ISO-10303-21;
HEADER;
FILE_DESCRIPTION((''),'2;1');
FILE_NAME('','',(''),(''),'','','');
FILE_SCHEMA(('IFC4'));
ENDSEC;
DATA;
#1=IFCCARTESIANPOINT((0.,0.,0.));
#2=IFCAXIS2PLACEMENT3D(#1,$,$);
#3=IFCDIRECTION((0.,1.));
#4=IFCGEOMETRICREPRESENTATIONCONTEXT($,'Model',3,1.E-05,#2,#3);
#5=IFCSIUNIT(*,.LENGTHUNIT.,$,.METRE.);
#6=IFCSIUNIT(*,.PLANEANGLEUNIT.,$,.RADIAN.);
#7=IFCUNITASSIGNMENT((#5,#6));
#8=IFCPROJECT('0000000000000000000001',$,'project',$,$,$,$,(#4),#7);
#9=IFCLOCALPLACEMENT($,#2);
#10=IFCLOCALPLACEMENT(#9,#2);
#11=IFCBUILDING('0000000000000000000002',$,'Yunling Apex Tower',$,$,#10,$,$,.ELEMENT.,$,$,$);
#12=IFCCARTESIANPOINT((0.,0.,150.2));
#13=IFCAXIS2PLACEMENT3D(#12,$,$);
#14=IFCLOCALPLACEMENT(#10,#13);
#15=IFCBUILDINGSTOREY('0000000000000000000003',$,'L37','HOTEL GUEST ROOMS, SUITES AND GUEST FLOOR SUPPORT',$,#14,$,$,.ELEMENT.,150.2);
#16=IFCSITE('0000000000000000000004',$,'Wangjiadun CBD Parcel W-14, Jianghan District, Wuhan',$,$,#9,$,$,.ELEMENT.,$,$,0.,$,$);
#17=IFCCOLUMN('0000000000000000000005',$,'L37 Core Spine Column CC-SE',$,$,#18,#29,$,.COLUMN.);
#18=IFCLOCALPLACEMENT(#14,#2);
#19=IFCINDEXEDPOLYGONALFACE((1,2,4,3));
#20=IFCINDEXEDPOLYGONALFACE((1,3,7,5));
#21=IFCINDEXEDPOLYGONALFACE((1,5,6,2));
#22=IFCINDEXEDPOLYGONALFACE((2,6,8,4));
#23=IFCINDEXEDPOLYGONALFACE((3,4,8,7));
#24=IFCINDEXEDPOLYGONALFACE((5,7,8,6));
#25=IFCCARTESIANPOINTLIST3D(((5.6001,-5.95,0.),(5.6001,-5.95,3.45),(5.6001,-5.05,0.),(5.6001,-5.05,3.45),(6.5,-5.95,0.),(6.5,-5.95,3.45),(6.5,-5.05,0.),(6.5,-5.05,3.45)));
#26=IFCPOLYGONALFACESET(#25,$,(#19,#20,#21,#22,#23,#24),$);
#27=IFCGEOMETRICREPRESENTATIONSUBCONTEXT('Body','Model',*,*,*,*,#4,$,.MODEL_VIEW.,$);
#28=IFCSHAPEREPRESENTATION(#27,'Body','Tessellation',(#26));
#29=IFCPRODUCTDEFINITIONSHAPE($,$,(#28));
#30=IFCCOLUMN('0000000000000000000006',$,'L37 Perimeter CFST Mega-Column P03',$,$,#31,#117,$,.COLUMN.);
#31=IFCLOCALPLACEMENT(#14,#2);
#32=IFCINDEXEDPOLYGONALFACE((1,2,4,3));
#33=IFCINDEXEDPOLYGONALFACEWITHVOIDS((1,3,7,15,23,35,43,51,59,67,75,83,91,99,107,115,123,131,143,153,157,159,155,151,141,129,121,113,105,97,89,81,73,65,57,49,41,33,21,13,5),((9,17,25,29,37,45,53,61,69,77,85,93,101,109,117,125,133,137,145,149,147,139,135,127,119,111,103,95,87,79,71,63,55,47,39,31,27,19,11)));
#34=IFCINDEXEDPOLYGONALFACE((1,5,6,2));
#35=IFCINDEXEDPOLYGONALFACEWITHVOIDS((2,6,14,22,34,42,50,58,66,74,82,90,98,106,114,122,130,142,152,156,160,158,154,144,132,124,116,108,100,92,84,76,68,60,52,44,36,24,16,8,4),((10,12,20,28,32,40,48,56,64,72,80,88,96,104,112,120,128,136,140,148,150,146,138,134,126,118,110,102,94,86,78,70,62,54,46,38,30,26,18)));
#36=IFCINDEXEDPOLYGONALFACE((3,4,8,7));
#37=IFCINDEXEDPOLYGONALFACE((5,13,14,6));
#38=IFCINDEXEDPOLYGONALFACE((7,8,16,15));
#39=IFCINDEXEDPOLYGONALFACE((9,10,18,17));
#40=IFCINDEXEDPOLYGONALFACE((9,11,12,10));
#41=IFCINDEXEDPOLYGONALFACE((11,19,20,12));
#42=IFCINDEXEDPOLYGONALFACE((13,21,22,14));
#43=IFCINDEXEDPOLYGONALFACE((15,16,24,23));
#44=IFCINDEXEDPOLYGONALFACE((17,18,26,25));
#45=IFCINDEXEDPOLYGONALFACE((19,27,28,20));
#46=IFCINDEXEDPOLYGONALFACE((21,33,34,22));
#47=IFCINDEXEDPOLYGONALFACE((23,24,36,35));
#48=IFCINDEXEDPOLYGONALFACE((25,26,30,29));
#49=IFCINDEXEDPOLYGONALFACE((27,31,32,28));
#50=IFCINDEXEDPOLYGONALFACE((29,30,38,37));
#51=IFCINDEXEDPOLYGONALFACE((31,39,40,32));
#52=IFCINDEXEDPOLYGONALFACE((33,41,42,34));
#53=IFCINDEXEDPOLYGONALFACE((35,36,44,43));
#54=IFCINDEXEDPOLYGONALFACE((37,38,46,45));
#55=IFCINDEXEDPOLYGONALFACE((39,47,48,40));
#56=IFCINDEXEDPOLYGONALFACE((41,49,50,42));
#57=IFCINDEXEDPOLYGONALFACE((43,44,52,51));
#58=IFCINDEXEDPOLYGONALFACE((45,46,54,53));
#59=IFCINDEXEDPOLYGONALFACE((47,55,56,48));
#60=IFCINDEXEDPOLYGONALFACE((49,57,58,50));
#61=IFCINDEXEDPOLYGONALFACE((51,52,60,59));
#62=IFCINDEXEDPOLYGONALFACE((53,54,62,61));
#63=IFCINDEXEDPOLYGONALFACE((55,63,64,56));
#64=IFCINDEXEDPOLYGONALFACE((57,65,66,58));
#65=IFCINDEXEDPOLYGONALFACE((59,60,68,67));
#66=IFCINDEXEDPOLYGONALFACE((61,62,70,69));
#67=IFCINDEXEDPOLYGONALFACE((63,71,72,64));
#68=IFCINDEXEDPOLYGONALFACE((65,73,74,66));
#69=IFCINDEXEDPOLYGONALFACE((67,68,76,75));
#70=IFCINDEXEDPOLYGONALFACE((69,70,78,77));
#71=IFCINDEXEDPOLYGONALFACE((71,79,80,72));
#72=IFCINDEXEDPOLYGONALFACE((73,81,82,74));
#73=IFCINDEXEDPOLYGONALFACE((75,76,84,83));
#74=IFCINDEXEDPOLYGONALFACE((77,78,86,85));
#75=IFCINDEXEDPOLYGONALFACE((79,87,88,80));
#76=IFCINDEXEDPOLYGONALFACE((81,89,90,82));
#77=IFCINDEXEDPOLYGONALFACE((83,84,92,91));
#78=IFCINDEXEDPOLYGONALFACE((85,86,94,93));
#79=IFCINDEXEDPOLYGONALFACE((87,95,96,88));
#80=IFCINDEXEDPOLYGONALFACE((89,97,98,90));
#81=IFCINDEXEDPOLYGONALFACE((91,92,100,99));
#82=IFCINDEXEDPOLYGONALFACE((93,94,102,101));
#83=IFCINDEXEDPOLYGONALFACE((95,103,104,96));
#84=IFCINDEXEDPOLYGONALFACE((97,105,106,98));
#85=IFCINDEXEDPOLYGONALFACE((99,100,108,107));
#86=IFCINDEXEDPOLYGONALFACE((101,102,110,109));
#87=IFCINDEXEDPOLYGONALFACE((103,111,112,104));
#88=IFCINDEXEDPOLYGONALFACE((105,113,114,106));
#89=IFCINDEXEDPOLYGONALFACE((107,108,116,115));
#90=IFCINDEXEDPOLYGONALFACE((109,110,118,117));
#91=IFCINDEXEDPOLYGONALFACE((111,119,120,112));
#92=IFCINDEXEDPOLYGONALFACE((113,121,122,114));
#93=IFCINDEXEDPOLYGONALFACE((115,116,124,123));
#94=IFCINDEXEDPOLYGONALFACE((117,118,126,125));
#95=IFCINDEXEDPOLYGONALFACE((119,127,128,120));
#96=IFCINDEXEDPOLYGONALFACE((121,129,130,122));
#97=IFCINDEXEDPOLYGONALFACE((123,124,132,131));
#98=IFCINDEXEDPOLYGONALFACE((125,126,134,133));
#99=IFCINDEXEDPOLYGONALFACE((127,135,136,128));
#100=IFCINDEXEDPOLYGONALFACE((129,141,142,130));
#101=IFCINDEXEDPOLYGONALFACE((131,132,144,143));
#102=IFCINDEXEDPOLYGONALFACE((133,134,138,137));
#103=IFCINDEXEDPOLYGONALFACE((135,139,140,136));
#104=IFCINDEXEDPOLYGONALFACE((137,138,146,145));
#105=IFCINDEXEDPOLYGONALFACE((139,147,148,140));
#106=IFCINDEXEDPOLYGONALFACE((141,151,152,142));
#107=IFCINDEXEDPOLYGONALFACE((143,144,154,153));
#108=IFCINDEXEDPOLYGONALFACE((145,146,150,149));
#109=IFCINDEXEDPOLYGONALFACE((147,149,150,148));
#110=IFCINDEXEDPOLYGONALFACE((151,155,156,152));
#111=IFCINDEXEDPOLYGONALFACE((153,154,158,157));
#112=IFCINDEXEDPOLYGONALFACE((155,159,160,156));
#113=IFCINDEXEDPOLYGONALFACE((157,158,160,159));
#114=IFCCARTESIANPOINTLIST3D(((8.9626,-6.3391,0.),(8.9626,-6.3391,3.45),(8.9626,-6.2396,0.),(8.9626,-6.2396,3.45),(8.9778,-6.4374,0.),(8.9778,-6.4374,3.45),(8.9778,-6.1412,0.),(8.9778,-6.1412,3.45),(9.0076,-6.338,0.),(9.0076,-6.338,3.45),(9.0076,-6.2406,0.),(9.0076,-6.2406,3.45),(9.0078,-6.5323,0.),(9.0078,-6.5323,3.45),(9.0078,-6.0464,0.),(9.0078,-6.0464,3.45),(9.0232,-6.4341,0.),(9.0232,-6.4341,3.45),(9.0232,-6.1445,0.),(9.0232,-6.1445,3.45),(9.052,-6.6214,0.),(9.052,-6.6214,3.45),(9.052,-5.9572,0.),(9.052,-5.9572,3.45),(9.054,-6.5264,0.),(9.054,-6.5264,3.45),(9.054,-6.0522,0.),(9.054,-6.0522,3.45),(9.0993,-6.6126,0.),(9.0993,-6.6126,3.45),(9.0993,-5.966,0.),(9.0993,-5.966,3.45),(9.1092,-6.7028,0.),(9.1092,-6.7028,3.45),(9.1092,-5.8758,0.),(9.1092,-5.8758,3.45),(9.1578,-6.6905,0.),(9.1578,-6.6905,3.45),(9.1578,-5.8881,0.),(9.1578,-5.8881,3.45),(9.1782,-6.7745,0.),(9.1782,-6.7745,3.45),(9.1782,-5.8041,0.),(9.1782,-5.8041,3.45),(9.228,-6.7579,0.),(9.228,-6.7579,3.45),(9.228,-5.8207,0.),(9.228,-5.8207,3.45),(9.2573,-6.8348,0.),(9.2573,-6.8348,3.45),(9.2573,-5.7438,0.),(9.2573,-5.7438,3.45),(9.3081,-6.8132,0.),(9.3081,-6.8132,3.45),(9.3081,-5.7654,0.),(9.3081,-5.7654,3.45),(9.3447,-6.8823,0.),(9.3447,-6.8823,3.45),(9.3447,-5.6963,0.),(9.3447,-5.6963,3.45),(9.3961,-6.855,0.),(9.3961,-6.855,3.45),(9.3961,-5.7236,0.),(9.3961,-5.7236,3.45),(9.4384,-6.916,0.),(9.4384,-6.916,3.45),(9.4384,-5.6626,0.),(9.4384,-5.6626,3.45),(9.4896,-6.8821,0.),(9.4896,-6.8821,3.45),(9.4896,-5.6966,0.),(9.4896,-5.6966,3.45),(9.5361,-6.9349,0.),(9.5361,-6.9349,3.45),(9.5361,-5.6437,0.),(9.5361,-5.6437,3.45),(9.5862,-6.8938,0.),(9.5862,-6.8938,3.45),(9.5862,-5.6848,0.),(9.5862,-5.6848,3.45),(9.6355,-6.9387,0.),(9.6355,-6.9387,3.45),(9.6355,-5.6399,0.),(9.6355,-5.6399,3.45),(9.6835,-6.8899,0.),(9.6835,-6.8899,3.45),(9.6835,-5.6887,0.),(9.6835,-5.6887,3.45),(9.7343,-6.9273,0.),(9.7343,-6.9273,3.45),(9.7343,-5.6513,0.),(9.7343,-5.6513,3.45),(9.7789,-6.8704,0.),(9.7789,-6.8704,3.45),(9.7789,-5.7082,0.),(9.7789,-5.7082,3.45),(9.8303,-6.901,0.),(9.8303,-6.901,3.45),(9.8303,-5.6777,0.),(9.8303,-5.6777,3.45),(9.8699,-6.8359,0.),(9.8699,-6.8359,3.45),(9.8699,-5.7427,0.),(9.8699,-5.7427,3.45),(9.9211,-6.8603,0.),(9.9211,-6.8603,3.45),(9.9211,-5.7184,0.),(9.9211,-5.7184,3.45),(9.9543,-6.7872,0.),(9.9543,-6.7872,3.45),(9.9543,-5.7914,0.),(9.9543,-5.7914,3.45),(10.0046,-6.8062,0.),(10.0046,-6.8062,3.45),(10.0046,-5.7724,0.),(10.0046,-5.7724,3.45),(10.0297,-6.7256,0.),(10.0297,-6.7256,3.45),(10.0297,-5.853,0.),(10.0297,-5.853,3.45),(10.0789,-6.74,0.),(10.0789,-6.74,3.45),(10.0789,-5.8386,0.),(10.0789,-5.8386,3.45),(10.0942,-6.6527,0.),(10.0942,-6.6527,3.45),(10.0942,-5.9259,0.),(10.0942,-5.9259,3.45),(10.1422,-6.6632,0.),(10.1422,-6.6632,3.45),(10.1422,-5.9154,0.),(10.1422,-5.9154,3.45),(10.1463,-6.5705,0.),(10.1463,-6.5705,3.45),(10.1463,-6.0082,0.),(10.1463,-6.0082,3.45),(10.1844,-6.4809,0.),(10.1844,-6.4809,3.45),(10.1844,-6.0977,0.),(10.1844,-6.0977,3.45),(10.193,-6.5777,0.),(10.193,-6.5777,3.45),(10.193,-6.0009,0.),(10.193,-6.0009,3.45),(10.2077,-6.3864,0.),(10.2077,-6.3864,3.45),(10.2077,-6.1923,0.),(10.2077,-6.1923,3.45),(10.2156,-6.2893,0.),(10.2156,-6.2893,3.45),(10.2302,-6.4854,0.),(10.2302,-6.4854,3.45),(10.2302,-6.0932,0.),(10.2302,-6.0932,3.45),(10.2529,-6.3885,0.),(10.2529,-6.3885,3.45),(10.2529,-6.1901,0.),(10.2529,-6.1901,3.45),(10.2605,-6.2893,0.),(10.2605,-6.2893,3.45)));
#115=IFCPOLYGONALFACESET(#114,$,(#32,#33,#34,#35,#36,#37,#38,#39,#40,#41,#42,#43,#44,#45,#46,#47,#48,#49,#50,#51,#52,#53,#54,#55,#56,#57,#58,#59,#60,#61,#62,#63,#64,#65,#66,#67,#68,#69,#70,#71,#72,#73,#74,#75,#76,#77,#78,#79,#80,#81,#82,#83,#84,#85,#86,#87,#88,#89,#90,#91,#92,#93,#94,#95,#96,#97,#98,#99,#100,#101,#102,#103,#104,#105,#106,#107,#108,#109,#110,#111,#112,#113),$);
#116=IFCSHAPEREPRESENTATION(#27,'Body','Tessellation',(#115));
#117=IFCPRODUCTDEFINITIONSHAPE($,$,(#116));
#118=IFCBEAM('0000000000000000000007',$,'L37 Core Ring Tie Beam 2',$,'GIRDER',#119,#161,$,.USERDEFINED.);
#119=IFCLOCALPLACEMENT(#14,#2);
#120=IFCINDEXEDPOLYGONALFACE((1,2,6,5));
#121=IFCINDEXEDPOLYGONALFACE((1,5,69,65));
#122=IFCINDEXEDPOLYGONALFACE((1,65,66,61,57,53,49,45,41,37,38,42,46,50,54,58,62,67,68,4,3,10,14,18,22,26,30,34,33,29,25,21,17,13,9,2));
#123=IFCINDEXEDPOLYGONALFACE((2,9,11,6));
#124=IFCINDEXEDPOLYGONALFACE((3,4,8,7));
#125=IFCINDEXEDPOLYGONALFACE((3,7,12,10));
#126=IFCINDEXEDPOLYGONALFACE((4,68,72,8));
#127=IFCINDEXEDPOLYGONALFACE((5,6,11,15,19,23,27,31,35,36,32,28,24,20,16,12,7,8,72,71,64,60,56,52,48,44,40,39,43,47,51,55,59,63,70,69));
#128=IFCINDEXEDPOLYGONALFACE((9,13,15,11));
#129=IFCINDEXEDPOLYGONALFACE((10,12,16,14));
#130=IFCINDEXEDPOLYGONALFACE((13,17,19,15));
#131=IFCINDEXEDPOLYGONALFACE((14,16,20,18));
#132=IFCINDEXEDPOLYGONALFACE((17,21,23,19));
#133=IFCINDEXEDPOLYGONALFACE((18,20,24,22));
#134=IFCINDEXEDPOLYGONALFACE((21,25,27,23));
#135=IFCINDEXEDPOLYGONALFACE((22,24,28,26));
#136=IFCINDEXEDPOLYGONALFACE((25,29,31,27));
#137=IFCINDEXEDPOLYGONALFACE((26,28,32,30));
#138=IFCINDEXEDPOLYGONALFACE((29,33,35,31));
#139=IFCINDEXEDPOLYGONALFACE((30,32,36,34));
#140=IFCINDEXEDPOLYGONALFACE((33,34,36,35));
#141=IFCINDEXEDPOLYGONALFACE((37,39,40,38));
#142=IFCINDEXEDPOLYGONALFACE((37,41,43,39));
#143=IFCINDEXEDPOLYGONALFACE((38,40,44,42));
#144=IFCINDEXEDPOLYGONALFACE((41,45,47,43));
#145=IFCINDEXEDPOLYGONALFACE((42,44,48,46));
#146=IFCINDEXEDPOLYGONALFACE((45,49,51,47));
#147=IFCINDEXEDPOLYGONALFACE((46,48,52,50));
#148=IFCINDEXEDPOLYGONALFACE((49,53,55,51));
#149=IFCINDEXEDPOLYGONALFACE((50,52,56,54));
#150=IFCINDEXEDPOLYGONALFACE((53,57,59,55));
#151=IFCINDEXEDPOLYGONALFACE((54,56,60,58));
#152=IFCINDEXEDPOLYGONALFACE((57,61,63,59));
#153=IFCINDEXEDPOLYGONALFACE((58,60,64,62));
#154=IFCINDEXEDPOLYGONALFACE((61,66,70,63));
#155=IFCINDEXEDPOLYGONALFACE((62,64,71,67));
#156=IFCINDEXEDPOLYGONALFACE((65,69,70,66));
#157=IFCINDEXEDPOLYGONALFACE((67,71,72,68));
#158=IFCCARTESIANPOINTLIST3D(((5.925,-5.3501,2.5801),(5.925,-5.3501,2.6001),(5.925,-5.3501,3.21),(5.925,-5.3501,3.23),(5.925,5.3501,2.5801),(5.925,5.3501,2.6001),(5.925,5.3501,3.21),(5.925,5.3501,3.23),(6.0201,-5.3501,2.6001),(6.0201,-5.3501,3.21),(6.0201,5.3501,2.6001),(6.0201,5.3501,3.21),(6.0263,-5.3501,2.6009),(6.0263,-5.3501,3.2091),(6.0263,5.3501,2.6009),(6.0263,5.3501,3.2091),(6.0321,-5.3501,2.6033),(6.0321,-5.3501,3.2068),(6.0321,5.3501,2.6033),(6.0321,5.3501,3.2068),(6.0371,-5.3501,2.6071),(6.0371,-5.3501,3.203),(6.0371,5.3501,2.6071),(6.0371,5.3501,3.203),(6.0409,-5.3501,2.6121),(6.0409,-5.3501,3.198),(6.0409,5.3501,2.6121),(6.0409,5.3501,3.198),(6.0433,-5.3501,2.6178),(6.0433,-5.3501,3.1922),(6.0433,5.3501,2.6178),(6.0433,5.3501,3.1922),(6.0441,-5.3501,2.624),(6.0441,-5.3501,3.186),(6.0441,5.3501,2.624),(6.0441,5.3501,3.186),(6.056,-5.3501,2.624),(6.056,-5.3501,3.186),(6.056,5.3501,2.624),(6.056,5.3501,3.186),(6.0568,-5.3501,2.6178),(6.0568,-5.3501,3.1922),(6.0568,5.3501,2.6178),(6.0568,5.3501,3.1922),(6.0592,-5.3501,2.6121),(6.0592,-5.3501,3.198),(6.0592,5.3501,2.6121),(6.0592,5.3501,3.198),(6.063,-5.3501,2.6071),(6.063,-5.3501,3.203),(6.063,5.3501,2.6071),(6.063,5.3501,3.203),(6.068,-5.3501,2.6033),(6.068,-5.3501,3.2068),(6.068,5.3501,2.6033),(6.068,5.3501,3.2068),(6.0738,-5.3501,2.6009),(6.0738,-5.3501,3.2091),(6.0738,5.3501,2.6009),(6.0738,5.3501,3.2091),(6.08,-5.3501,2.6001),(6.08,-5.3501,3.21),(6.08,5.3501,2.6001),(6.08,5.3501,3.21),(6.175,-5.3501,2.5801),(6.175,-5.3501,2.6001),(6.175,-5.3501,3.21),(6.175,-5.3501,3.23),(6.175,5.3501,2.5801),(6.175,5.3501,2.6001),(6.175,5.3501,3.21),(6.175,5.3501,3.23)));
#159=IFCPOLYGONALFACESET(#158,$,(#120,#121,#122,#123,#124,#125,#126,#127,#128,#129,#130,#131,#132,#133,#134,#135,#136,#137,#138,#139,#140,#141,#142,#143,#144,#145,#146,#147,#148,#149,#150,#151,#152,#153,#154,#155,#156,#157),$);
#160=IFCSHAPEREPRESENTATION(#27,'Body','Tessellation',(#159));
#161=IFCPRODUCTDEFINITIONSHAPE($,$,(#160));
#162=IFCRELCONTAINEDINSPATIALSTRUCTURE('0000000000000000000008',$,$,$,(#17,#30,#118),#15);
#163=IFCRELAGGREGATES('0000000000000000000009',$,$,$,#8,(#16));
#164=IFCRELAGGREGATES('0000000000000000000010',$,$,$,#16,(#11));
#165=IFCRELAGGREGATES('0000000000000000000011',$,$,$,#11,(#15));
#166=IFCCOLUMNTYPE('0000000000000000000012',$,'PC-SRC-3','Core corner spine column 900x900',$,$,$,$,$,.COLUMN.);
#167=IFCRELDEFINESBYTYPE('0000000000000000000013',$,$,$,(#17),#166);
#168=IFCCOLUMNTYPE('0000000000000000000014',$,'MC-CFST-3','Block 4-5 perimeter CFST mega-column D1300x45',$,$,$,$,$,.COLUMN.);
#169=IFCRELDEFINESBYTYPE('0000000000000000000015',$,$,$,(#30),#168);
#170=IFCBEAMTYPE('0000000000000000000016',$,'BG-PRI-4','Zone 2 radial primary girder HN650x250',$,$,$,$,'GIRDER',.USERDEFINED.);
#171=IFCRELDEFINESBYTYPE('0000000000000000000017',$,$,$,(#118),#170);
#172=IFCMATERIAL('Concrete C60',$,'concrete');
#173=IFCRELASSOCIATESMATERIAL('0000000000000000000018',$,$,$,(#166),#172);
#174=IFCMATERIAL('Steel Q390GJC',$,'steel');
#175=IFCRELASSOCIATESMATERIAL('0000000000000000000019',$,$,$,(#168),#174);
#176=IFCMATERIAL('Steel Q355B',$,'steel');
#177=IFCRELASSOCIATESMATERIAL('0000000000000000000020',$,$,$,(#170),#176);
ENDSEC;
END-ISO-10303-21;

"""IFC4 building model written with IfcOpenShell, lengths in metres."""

from ifc_helpers import new_model, si_unit, direction, frame, origin, origin_2d, place, context, subcontext, project, spatial, rectangle, hollow_circle, i_section, extrude, source, transform, mapped, material, material_profile, profile_set, type_object, element, save


model = new_model("IFC4")

# Units and contexts
model_context = context("Model", 3, precision=1e-05, world=origin(), true_north=direction((0.0, 1.0)))
body_context = subcontext(model_context, "Body", "Model", "MODEL_VIEW")
ifc_project = project(units=[si_unit("LENGTHUNIT", "METRE"), si_unit("PLANEANGLEUNIT", "RADIAN")], contexts=[model_context])

# Site, building, storey
site_placement = place(None, origin())
site = spatial("IfcSite", under=ifc_project, at=site_placement, Name="Wangjiadun CBD Parcel W-14, Jianghan District, Wuhan", CompositionType="ELEMENT", RefElevation=0.0)
building_placement = place(site_placement, origin())
building = spatial("IfcBuilding", under=site, at=building_placement, Name="Yunling Apex Tower", CompositionType="ELEMENT")
storey_placement = place(building_placement, frame((0.0, 0.0, 150.2)))
storey = spatial("IfcBuildingStorey", under=building, at=storey_placement, Name="L37", Description="HOTEL GUEST ROOMS, SUITES AND GUEST FLOOR SUPPORT", CompositionType="ELEMENT", Elevation=150.2)

# Columns
ifc_material_1 = material(Name="Concrete C60", Category="concrete")
ifc_material_profile_1 = material_profile(ifc_material_1, rectangle(XDim=0.8999, YDim=0.8999, at=origin_2d()))
ifc_profile_set_1 = profile_set([ifc_material_profile_1], Name="Concrete C60")
column_type_1 = type_object("IfcColumnType", Name="PC-SRC-3", Description="Core corner spine column 900x900", PredefinedType="COLUMN", material=ifc_profile_set_1)
shared_shape_1 = source(origin(), body_context, "Body", "SweptSolid", [
    extrude(rectangle(XDim=0.8999, YDim=0.8999, at=origin_2d()), origin(), (0.0, 0.0, 1.0), 3.45),
])
column_1_placement = place(storey_placement, frame((6.05, -5.5, 0.0), z_axis=(0.0, 0.0, 1.0), x_axis=(1.0, 0.0, 0.0)))
element("IfcColumn", 1, at=column_1_placement, inside=storey, type_object=column_type_1, Name="L37 Core Spine Column CC-SE", PredefinedType="COLUMN", context=body_context, shape_type="MappedRepresentation", body=[
    mapped(shared_shape_1, transform((0.0, 0.0, 0.0), scale=1.0)),
])
ifc_material_2 = material(Name="Steel Q390GJC", Category="steel")
ifc_material_profile_2 = material_profile(ifc_material_2, hollow_circle(Radius=0.6499, WallThickness=0.0449, at=origin_2d()))
ifc_profile_set_2 = profile_set([ifc_material_profile_2], Name="Steel Q390GJC")
column_type_2 = type_object("IfcColumnType", Name="MC-CFST-3", Description="Block 4-5 perimeter CFST mega-column D1300x45", PredefinedType="COLUMN", material=ifc_profile_set_2)
shared_shape_2 = source(origin(), body_context, "Body", "SweptSolid", [
    extrude(hollow_circle(Radius=0.6499, WallThickness=0.0449, at=origin_2d()), origin(), (0.0, 0.0, 1.0), 3.45),
])
column_2_placement = place(storey_placement, frame((9.6106, -6.2893, 0.0), z_axis=(0.0, 0.0, 1.0), x_axis=(1.0, 0.0, 0.0)))
element("IfcColumn", 2, at=column_2_placement, inside=storey, type_object=column_type_2, Name="L37 Perimeter CFST Mega-Column P03", PredefinedType="COLUMN", context=body_context, shape_type="MappedRepresentation", body=[
    mapped(shared_shape_2, transform((0.0, 0.0, 0.0), scale=1.0)),
])

# Beam
ifc_material_3 = material(Name="Steel Q355B", Category="steel")
ifc_material_profile_3 = material_profile(ifc_material_3, i_section(OverallWidth=0.25, OverallDepth=0.6499, WebThickness=0.012, FlangeThickness=0.02, FilletRadius=0.0239, at=origin_2d()))
ifc_profile_set_3 = profile_set([ifc_material_profile_3], Name="Steel Q355B")
beam_type_1 = type_object("IfcBeamType", Name="BG-PRI-4", Description="Zone 2 radial primary girder HN650x250", ElementType="GIRDER", PredefinedType="USERDEFINED", material=ifc_profile_set_3)
shared_shape_3 = source(origin(), body_context, "Body", "SweptSolid", [
    extrude(i_section(OverallWidth=0.25, OverallDepth=0.6499, WebThickness=0.012, FlangeThickness=0.02, FilletRadius=0.0239, at=origin_2d()), origin(), (0.0, 0.0, 1.0), 10.7002),
])
beam_1_placement = place(storey_placement, frame((6.05, -5.3501, 2.905), z_axis=(0.0, 1.0, 0.0), x_axis=(-1.0, 0.0, 0.0)))
element("IfcBeam", 3, at=beam_1_placement, inside=storey, type_object=beam_type_1, Name="L37 Core Ring Tie Beam 2", ObjectType="GIRDER", PredefinedType="USERDEFINED", context=body_context, shape_type="MappedRepresentation", body=[
    mapped(shared_shape_3, transform((0.0, 0.0, 0.0), scale=1.0)),
])

save(model, "model.ifc")
